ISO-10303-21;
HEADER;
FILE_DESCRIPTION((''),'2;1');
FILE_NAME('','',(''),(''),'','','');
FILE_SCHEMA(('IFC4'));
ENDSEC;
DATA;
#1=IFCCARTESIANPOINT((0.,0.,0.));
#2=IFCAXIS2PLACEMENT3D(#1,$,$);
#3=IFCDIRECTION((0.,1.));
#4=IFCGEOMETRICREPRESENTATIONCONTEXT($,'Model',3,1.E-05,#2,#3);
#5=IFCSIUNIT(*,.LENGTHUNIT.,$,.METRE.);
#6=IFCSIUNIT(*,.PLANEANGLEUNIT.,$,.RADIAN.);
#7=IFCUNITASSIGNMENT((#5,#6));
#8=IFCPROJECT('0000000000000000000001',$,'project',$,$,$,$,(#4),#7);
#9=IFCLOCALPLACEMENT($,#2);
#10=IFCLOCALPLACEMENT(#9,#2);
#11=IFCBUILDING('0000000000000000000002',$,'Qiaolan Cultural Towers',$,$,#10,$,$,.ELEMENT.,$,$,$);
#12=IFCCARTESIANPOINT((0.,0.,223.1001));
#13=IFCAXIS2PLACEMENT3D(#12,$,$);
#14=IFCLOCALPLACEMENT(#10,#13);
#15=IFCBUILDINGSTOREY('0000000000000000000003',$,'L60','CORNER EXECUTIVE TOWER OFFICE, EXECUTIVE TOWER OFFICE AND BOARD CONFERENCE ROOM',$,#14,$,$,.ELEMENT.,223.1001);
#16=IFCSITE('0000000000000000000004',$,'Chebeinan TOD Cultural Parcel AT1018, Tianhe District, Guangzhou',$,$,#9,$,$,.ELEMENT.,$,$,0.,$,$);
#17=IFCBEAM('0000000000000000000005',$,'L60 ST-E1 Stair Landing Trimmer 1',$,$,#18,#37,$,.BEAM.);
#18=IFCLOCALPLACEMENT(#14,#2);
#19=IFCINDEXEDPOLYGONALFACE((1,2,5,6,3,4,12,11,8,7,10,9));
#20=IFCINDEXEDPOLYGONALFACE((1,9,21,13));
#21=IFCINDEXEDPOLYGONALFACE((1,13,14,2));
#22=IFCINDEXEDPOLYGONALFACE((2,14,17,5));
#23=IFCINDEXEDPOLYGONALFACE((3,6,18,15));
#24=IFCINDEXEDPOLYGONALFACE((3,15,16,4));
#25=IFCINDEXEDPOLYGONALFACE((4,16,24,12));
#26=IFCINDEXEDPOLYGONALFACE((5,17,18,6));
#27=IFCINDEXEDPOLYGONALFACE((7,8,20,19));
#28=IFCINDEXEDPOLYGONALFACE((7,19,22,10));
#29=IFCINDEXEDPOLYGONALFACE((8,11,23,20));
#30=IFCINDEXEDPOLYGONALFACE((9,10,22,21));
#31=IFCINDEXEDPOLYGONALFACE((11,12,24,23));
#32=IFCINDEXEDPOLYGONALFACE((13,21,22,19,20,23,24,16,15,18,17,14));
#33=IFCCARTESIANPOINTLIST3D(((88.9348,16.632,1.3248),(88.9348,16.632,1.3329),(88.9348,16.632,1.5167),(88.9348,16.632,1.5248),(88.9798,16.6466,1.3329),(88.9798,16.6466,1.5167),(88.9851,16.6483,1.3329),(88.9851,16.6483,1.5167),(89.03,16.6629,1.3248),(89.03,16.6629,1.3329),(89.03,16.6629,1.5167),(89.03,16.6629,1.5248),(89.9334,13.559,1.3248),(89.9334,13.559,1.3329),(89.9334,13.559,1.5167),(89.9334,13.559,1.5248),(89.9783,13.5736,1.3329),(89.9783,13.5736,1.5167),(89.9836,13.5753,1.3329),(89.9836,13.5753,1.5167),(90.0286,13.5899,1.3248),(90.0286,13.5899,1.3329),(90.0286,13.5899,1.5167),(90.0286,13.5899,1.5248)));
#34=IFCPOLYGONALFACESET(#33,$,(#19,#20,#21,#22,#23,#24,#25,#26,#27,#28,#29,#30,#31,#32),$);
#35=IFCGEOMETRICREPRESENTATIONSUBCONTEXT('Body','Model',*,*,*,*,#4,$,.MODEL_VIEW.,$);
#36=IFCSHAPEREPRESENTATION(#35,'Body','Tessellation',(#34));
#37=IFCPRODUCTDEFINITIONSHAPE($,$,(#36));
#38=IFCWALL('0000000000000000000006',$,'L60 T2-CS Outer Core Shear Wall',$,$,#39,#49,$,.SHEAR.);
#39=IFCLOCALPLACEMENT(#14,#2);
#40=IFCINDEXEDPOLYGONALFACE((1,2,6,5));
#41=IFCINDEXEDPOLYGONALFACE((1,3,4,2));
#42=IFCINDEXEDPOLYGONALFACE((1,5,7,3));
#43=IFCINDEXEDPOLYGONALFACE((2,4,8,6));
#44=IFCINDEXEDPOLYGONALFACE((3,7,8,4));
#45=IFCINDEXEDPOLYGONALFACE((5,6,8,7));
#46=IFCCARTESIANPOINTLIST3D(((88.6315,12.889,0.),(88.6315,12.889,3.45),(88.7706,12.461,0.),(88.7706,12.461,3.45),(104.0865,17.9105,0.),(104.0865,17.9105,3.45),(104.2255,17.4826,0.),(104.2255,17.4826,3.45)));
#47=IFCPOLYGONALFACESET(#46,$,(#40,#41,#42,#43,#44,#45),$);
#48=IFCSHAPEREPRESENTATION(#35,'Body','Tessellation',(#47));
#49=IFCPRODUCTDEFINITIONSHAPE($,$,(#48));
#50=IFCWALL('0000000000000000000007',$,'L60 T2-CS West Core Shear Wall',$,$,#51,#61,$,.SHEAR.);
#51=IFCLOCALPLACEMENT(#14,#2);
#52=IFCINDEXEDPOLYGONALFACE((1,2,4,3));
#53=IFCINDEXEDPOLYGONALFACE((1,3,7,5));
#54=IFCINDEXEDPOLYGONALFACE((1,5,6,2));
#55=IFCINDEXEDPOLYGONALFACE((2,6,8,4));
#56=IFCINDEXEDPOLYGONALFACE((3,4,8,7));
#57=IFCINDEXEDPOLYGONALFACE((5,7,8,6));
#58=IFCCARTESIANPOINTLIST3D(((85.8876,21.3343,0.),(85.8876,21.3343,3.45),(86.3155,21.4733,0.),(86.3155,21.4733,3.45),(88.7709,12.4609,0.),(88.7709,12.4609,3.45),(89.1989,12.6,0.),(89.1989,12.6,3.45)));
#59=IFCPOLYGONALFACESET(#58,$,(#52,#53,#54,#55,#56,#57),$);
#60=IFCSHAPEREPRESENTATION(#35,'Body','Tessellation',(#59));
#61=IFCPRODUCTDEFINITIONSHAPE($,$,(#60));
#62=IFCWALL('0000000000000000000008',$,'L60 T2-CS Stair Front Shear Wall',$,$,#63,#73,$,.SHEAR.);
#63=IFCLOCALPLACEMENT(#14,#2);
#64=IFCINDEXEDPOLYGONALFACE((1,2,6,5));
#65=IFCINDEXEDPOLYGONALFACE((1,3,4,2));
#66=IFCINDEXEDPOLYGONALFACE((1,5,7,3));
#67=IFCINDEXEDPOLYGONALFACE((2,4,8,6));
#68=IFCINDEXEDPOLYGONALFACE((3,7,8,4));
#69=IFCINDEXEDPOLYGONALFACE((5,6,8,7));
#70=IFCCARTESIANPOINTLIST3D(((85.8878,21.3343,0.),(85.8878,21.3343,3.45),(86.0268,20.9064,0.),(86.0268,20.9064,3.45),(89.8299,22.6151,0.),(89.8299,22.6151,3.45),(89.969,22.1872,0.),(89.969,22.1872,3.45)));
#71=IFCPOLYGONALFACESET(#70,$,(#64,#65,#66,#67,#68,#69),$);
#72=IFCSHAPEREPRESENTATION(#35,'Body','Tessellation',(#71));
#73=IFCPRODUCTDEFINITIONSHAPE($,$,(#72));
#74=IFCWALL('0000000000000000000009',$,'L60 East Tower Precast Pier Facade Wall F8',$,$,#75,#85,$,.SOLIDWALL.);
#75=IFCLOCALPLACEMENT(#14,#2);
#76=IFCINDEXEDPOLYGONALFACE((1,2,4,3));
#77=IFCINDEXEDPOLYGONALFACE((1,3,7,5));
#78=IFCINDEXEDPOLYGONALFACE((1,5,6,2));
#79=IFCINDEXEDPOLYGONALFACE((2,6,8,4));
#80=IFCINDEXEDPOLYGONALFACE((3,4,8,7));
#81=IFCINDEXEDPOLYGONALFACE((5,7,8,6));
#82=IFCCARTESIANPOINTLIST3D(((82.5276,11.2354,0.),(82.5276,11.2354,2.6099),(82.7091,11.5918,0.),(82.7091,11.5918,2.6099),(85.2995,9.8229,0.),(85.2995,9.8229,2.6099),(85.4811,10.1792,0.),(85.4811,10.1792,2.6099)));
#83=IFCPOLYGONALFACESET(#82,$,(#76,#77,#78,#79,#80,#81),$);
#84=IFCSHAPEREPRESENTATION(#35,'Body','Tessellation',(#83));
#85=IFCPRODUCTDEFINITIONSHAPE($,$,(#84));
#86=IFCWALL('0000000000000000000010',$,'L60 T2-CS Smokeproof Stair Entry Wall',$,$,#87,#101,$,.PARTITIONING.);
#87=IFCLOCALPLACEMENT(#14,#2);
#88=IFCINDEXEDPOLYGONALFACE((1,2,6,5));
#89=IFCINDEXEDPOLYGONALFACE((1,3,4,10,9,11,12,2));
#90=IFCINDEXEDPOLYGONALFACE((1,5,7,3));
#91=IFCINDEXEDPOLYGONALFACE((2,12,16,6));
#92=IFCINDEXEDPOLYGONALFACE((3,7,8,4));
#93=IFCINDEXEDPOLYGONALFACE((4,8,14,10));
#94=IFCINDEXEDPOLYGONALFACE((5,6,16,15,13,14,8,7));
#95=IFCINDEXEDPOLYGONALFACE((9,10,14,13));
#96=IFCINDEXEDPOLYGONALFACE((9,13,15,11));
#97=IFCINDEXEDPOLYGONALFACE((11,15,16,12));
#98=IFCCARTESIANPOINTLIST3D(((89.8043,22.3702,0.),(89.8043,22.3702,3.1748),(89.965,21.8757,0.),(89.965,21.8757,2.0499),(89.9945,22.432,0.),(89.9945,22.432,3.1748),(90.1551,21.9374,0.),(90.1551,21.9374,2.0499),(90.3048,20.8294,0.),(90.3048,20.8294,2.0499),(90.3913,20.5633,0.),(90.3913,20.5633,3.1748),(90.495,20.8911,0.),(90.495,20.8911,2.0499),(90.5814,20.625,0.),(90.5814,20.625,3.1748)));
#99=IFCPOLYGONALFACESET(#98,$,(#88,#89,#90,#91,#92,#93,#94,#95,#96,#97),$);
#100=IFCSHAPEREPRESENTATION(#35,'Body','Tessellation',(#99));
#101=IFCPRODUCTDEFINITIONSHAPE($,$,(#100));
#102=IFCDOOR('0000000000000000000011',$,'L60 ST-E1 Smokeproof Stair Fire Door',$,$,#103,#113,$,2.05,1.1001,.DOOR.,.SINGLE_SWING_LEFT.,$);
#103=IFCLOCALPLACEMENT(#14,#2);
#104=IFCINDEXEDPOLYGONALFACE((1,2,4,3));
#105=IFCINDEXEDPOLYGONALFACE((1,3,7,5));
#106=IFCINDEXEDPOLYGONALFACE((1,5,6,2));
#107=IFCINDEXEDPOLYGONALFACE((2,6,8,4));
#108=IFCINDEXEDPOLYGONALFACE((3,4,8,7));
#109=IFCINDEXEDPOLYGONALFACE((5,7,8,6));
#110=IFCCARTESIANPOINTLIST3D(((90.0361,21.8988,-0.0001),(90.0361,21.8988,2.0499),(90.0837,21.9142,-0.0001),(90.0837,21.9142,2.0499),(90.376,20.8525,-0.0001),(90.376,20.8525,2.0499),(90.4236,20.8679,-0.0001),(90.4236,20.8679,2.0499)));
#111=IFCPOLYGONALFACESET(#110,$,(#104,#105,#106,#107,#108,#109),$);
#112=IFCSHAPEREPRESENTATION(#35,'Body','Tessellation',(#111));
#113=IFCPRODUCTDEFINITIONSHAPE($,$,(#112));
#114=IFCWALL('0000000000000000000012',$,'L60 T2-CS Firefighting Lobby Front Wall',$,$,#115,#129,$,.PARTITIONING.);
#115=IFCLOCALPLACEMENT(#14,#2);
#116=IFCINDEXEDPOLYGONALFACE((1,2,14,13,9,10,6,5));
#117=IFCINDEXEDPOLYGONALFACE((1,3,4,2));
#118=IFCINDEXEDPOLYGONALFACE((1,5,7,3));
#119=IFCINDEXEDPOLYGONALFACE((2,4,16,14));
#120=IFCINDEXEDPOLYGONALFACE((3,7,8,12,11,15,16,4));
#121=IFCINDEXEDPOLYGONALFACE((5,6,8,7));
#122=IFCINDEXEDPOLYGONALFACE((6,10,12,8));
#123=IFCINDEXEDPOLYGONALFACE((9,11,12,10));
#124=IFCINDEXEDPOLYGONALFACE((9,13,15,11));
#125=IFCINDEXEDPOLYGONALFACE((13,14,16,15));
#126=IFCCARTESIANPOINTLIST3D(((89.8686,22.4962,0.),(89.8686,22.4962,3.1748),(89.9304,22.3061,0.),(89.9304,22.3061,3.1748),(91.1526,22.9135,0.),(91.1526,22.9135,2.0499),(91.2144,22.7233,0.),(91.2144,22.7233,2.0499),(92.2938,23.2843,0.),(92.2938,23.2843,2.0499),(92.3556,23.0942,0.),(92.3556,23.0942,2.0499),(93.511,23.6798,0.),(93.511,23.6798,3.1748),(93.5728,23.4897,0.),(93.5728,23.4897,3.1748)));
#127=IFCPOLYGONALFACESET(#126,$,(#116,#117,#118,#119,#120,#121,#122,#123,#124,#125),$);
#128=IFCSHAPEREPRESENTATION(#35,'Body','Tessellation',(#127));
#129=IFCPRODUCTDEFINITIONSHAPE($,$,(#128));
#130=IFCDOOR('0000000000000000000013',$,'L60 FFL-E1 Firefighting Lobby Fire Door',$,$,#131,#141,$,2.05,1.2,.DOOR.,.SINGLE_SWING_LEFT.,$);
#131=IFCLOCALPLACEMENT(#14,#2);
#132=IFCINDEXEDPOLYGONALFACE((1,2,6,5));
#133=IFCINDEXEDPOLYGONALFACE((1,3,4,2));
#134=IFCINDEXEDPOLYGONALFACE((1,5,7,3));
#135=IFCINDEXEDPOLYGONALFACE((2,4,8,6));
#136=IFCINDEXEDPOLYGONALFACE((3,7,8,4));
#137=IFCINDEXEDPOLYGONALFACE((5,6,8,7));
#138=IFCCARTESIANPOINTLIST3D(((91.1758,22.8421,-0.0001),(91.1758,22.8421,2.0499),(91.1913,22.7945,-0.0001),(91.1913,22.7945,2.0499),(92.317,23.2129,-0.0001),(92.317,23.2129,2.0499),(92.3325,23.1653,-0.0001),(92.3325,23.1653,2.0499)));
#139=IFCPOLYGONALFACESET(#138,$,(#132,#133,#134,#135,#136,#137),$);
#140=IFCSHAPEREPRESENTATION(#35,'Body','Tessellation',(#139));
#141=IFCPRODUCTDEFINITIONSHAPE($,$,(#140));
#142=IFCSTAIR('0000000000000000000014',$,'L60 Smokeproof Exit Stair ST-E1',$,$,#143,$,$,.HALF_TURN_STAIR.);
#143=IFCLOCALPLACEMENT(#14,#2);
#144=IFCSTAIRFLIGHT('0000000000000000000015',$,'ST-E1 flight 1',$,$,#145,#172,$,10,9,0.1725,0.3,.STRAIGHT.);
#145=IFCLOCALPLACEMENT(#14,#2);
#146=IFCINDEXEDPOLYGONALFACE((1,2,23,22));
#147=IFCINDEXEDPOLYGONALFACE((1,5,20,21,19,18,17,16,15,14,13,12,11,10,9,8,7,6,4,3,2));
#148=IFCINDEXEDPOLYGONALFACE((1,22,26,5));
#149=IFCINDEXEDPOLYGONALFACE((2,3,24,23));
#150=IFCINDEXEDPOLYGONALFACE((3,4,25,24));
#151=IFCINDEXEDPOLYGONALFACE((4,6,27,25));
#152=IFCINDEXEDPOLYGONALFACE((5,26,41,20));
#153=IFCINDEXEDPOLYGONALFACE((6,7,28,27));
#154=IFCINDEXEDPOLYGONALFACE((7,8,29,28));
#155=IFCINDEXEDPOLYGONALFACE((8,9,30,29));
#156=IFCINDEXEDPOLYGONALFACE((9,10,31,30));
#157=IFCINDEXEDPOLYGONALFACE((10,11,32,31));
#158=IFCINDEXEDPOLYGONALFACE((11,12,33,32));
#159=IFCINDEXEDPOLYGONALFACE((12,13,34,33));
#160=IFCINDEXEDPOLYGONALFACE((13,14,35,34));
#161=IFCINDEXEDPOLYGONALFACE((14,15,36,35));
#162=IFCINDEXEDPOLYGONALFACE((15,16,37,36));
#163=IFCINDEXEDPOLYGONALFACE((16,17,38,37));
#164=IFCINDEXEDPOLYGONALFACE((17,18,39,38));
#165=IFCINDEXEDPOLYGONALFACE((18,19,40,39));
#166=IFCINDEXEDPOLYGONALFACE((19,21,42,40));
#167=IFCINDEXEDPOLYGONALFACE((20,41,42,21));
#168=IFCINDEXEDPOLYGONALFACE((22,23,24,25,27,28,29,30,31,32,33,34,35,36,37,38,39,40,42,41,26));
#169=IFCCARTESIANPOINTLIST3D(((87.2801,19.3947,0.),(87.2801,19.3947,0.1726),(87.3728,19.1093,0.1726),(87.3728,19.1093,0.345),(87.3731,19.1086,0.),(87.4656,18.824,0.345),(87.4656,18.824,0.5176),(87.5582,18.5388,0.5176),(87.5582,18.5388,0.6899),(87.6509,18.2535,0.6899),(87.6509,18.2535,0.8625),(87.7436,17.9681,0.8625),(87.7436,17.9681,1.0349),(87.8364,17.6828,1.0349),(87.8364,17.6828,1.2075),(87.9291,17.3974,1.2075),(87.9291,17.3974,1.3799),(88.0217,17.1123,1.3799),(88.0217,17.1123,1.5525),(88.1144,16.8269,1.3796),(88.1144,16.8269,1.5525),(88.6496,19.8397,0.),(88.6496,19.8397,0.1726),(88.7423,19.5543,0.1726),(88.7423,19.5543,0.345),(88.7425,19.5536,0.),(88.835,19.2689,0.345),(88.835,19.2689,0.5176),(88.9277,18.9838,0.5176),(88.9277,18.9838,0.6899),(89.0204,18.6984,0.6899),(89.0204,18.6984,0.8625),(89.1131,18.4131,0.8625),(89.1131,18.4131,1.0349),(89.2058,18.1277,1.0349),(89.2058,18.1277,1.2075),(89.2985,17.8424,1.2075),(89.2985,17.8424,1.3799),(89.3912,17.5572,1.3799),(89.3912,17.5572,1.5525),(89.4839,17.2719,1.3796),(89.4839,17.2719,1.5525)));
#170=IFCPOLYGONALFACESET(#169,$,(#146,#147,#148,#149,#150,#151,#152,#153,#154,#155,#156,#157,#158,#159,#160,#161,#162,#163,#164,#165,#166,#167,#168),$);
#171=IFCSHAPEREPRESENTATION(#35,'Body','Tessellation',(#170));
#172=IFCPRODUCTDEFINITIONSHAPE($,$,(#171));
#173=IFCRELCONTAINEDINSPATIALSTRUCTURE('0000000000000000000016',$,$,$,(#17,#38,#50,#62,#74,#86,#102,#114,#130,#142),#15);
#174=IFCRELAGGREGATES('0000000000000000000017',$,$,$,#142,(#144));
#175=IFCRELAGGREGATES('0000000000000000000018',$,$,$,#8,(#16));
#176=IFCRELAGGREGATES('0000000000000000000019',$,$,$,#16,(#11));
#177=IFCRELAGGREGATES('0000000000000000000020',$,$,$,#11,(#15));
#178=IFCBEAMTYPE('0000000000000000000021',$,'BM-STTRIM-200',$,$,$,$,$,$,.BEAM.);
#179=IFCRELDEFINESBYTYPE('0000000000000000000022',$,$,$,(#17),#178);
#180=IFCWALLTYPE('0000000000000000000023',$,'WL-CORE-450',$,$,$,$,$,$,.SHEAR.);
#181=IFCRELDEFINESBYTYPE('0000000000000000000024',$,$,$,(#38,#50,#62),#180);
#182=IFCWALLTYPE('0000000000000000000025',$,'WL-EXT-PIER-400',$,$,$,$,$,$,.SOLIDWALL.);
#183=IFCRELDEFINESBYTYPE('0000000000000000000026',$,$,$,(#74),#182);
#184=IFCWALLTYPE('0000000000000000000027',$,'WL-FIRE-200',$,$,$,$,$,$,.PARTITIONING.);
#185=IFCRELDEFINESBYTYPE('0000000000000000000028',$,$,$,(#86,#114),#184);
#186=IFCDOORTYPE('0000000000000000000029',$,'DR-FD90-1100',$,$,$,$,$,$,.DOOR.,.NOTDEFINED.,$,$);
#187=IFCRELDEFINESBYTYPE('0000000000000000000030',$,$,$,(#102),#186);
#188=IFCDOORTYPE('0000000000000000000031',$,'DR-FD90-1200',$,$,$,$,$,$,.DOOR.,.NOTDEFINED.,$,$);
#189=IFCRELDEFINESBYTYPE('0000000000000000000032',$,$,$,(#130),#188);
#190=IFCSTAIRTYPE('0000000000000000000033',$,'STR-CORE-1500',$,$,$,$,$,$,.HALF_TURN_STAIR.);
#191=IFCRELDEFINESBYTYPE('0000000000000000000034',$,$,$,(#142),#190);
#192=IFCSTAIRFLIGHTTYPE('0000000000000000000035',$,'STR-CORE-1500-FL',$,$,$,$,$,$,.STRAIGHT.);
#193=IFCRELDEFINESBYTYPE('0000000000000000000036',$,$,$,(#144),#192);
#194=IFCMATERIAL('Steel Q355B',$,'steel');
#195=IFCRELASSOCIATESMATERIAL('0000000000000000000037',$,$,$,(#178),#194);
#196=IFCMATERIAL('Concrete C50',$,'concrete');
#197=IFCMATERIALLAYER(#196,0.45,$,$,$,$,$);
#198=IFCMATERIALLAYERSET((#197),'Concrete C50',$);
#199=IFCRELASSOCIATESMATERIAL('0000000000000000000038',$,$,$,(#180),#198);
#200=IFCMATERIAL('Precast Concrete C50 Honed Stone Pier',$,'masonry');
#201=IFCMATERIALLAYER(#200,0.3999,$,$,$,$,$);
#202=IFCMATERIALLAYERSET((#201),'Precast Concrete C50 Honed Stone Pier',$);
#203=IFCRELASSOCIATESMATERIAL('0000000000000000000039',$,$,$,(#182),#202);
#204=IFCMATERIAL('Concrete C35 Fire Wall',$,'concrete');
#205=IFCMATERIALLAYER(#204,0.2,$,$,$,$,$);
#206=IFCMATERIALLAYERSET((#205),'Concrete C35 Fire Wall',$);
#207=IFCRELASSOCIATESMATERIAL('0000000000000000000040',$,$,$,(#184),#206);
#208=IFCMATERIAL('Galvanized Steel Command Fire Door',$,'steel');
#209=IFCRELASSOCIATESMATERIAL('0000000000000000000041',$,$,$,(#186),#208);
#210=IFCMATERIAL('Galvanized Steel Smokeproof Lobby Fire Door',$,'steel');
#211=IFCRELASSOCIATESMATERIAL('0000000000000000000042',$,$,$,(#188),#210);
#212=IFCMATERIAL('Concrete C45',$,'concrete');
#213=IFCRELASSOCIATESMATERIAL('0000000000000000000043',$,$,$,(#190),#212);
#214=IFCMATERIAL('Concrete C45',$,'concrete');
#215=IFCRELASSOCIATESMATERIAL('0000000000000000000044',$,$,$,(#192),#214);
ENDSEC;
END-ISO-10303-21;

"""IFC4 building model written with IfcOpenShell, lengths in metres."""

from ifc_helpers import new_model, si_unit, direction, frame, frame_2d, origin, origin_2d, place, context, subcontext, project, spatial, polyline, rectangle, i_section, outline, extrude, material, layer, layer_set, material_profile, profile_set, type_object, element, fill, aggregate, save


model = new_model("IFC4")

# Units and contexts
model_context = context("Model", 3, precision=1e-05, world=origin(), true_north=direction((0.0, 1.0)))
body_context = subcontext(model_context, "Body", "Model", "MODEL_VIEW")
ifc_project = project(units=[si_unit("LENGTHUNIT", "METRE"), si_unit("PLANEANGLEUNIT", "RADIAN")], contexts=[model_context])

# Site, building, storey
site_placement = place(None, origin())
site = spatial("IfcSite", under=ifc_project, at=site_placement, Name="Chebeinan TOD Cultural Parcel AT1018, Tianhe District, Guangzhou", CompositionType="ELEMENT", RefElevation=0.0)
building_placement = place(site_placement, origin())
building = spatial("IfcBuilding", under=site, at=building_placement, Name="Qiaolan Cultural Towers", CompositionType="ELEMENT")
storey_placement = place(building_placement, frame((0.0, 0.0, 223.1001)))
storey = spatial("IfcBuildingStorey", under=building, at=storey_placement, Name="L60", Description="CORNER EXECUTIVE TOWER OFFICE, EXECUTIVE TOWER OFFICE AND BOARD CONFERENCE ROOM", CompositionType="ELEMENT", Elevation=223.1001)

# Beam
ifc_material_1 = material(Name="Steel Q355B", Category="steel")
ifc_material_profile_1 = material_profile(ifc_material_1, i_section(OverallWidth=0.1001, OverallDepth=0.2, WebThickness=0.0056, FlangeThickness=0.0081, at=origin_2d()), Name="HN200x100x5.5x8")
ifc_profile_set_1 = profile_set([ifc_material_profile_1], Name="Steel Q355B")
beam_type_1 = type_object("IfcBeamType", Name="BM-STTRIM-200", PredefinedType="BEAM", material=ifc_profile_set_1)
beam_1_placement = place(storey_placement, frame((88.9824, 16.6475, 1.4248), z_axis=(0.309033, -0.951051, 0.0), x_axis=(0.951051, 0.309033, 0.0)))
element("IfcBeam", 1, at=beam_1_placement, inside=storey, type_object=beam_type_1, Name="L60 ST-E1 Stair Landing Trimmer 1", PredefinedType="BEAM", context=body_context, shape_type="SweptSolid", body=[
    extrude(i_section(OverallWidth=0.1001, OverallDepth=0.2, WebThickness=0.0056, FlangeThickness=0.0081, at=origin_2d()), origin(), (0.0, 0.0, 1.0), 3.2312),
])

# Walls
ifc_material_2 = material(Name="Concrete C50", Category="concrete")
ifc_layer_1 = layer(ifc_material_2, 0.45)
ifc_layer_set_1 = layer_set([ifc_layer_1], Name="Concrete C50")
wall_type_1 = type_object("IfcWallType", Name="WL-CORE-450", PredefinedType="SHEAR", material=ifc_layer_set_1)
wall_1_placement = place(storey_placement, frame((88.7012, 12.675, 0.0), z_axis=(0.0, 0.0, 1.0), x_axis=(0.951058, 0.309012, 0.0)))
element("IfcWall", 2, at=wall_1_placement, inside=storey, type_object=wall_type_1, Name="L60 T2-CS Outer Core Shear Wall", PredefinedType="SHEAR", context=body_context, shape_type="SweptSolid", body=[
    extrude(rectangle(XDim=16.2502, YDim=0.45, at=frame_2d((8.125, 0.0))), origin(), (0.0, 0.0, 1.0), 3.45),
])
wall_2_placement = place(storey_placement, frame((86.1016, 21.4038, 0.0), z_axis=(0.0, 0.0, 1.0), x_axis=(0.309036, -0.95105, 0.0)))
element("IfcWall", 3, at=wall_2_placement, inside=storey, type_object=wall_type_1, Name="L60 T2-CS West Core Shear Wall", PredefinedType="SHEAR", context=body_context, shape_type="SweptSolid", body=[
    extrude(rectangle(XDim=9.3301, YDim=0.45, at=frame_2d((4.665, 0.0))), origin(), (0.0, 0.0, 1.0), 3.45),
])
wall_3_placement = place(storey_placement, frame((85.9573, 21.1204, 0.0), z_axis=(0.0, 0.0, 1.0), x_axis=(0.951065, 0.308992, 0.0)))
element("IfcWall", 4, at=wall_3_placement, inside=storey, type_object=wall_type_1, Name="L60 T2-CS Stair Front Shear Wall", PredefinedType="SHEAR", context=body_context, shape_type="SweptSolid", body=[
    extrude(rectangle(XDim=4.145, YDim=0.45, at=frame_2d((2.0725, 0.0))), origin(), (0.0, 0.0, 1.0), 3.45),
])
ifc_material_3 = material(Name="Precast Concrete C50 Honed Stone Pier", Category="masonry")
ifc_layer_2 = layer(ifc_material_3, 0.3999)
ifc_layer_set_2 = layer_set([ifc_layer_2], Name="Precast Concrete C50 Honed Stone Pier")
wall_type_2 = type_object("IfcWallType", Name="WL-EXT-PIER-400", PredefinedType="SOLIDWALL", material=ifc_layer_set_2)
wall_4_placement = place(storey_placement, frame((85.3904, 10.001, 0.0), z_axis=(0.0, 0.0, 1.0), x_axis=(-0.89098, 0.454043, 0.0)))
element("IfcWall", 5, at=wall_4_placement, inside=storey, type_object=wall_type_2, Name="L60 East Tower Precast Pier Facade Wall F8", PredefinedType="SOLIDWALL", context=body_context, shape_type="SweptSolid", body=[
    extrude(rectangle(XDim=3.1111, YDim=0.3999, at=frame_2d((1.5557, 0.0))), origin(), (0.0, 0.0, 1.0), 2.6099),
])

# Walls, openings, doors
ifc_material_4 = material(Name="Concrete C35 Fire Wall", Category="concrete")
ifc_layer_3 = layer(ifc_material_4, 0.2)
ifc_layer_set_3 = layer_set([ifc_layer_3], Name="Concrete C35 Fire Wall")
wall_type_3 = type_object("IfcWallType", Name="WL-FIRE-200", PredefinedType="PARTITIONING", material=ifc_layer_set_3)
wall_5_placement = place(storey_placement, frame((89.8994, 22.4011, 0.0), z_axis=(0.0, 0.0, 1.0), x_axis=(0.308932, -0.951084, 0.0)))
wall_5 = element("IfcWall", 6, at=wall_5_placement, inside=storey, type_object=wall_type_3, Name="L60 T2-CS Smokeproof Stair Entry Wall", PredefinedType="PARTITIONING", context=body_context, shape_type="SweptSolid", body=[
    extrude(rectangle(XDim=1.8999, YDim=0.2, at=frame_2d((0.95, 0.0))), origin(), (0.0, 0.0, 1.0), 3.1748),
])
opening_1_placement = place(wall_5_placement, frame((0.52, 0.0, 0.0)))
opening_1 = element("IfcOpeningElement", 7, at=opening_1_placement, cuts=wall_5, PredefinedType="OPENING", context=body_context, shape_type="SweptSolid", body=[
    extrude(rectangle(XDim=1.1001, YDim=2.05, at=frame_2d((0.55, 1.0249))), frame((0.0, 0.1099, 0.0), z_axis=(0.0, -1.0, 0.0), x_axis=(1.0, 0.0, 0.0)), (0.0, 0.0, 1.0), 0.22),
])
ifc_material_5 = material(Name="Galvanized Steel Command Fire Door", Category="steel")
door_type_1 = type_object("IfcDoorType", Name="DR-FD90-1100", OperationType="NOTDEFINED", PredefinedType="DOOR", material=ifc_material_5)
door_1_placement = place(opening_1_placement, origin())
door_1 = element("IfcDoor", 8, at=door_1_placement, inside=storey, type_object=door_type_1, Name="L60 ST-E1 Smokeproof Stair Fire Door", OperationType="SINGLE_SWING_LEFT", OverallHeight=2.05, OverallWidth=1.1001, PredefinedType="DOOR", context=body_context, shape_type="SweptSolid", body=[
    extrude(rectangle(XDim=1.1001, YDim=2.05, at=frame_2d((0.55, 1.0249))), frame((0.0, 0.0249, 0.0), z_axis=(0.0, -1.0, 0.0), x_axis=(1.0, 0.0, 0.0)), (0.0, 0.0, 1.0), 0.05),
])
fill(opening_1, door_1)
wall_6_placement = place(storey_placement, frame((89.8994, 22.4011, 0.0), z_axis=(0.0, 0.0, 1.0), x_axis=(0.951047, 0.309047, 0.0)))
wall_6 = element("IfcWall", 9, at=wall_6_placement, inside=storey, type_object=wall_type_3, Name="L60 T2-CS Firefighting Lobby Front Wall", PredefinedType="PARTITIONING", context=body_context, shape_type="SweptSolid", body=[
    extrude(rectangle(XDim=3.8298, YDim=0.2, at=frame_2d((1.915, 0.0))), origin(), (0.0, 0.0, 1.0), 3.1748),
])
opening_2_placement = place(wall_6_placement, frame((1.3501, 0.0, 0.0)))
opening_2 = element("IfcOpeningElement", 10, at=opening_2_placement, cuts=wall_6, PredefinedType="OPENING", context=body_context, shape_type="SweptSolid", body=[
    extrude(rectangle(XDim=1.2, YDim=2.05, at=frame_2d((0.6001, 1.0249))), frame((0.0, 0.1099, 0.0), z_axis=(0.0, -1.0, 0.0), x_axis=(1.0, 0.0, 0.0)), (0.0, 0.0, 1.0), 0.22),
])
ifc_material_6 = material(Name="Galvanized Steel Smokeproof Lobby Fire Door", Category="steel")
door_type_2 = type_object("IfcDoorType", Name="DR-FD90-1200", OperationType="NOTDEFINED", PredefinedType="DOOR", material=ifc_material_6)
door_2_placement = place(opening_2_placement, origin())
door_2 = element("IfcDoor", 11, at=door_2_placement, inside=storey, type_object=door_type_2, Name="L60 FFL-E1 Firefighting Lobby Fire Door", OperationType="SINGLE_SWING_LEFT", OverallHeight=2.05, OverallWidth=1.2, PredefinedType="DOOR", context=body_context, shape_type="SweptSolid", body=[
    extrude(rectangle(XDim=1.2, YDim=2.05, at=frame_2d((0.6001, 1.0249))), frame((0.0, 0.0249, 0.0), z_axis=(0.0, -1.0, 0.0), x_axis=(1.0, 0.0, 0.0)), (0.0, 0.0, 1.0), 0.05),
])
fill(opening_2, door_2)

# Stair, stair flight
ifc_material_7 = material(Name="Concrete C45", Category="concrete")
stair_type = type_object("IfcStairType", Name="STR-CORE-1500", PredefinedType="HALF_TURN_STAIR", material=ifc_material_7)
stair_placement = place(storey_placement, origin())
stair = element("IfcStair", 12, at=stair_placement, inside=storey, type_object=stair_type, Name="L60 Smokeproof Exit Stair ST-E1", PredefinedType="HALF_TURN_STAIR")
ifc_material_8 = material(Name="Concrete C45", Category="concrete")
stair_flight_type = type_object("IfcStairFlightType", Name="STR-CORE-1500-FL", PredefinedType="STRAIGHT", material=ifc_material_8)
stair_flight_placement = place(storey_placement, frame((87.9648, 19.6172, 0.0), z_axis=(0.0, 0.0, 1.0), x_axis=(0.309017, -0.951057, 0.0)))
stair_flight = element("IfcStairFlight", 13, at=stair_flight_placement, type_object=stair_flight_type, Name="ST-E1 flight 1", NumberOfRisers=10, NumberOfTreads=9, PredefinedType="STRAIGHT", RiserHeight=0.1725, TreadLength=0.3, context=body_context, shape_type="SweptSolid", body=[
    extrude(outline(polyline([(0.0, 0.0), (0.0, 0.1726), (0.3, 0.1726), (0.3, 0.345), (0.6001, 0.345), (0.6001, 0.5176), (0.8999, 0.5176), (0.8999, 0.6899), (1.2, 0.6899), (1.2, 0.8625), (1.5, 0.8625), (1.5, 1.0349), (1.8, 1.0349), (1.8, 1.2075), (2.1001, 1.2075), (2.1001, 1.3799), (2.3999, 1.3799), (2.3999, 1.5525), (2.7, 1.5525), (2.7, 1.7251), (2.7, 1.3796), (0.3008, 0.0), (0.0, 0.0)])), frame((0.0, 0.72, 0.0), z_axis=(0.0, -1.0, 0.0), x_axis=(1.0, 0.0, 0.0)), (0.0, 0.0, 1.0), 1.4399),
])
aggregate(stair, [stair_flight])

save(model, "model.ifc")
